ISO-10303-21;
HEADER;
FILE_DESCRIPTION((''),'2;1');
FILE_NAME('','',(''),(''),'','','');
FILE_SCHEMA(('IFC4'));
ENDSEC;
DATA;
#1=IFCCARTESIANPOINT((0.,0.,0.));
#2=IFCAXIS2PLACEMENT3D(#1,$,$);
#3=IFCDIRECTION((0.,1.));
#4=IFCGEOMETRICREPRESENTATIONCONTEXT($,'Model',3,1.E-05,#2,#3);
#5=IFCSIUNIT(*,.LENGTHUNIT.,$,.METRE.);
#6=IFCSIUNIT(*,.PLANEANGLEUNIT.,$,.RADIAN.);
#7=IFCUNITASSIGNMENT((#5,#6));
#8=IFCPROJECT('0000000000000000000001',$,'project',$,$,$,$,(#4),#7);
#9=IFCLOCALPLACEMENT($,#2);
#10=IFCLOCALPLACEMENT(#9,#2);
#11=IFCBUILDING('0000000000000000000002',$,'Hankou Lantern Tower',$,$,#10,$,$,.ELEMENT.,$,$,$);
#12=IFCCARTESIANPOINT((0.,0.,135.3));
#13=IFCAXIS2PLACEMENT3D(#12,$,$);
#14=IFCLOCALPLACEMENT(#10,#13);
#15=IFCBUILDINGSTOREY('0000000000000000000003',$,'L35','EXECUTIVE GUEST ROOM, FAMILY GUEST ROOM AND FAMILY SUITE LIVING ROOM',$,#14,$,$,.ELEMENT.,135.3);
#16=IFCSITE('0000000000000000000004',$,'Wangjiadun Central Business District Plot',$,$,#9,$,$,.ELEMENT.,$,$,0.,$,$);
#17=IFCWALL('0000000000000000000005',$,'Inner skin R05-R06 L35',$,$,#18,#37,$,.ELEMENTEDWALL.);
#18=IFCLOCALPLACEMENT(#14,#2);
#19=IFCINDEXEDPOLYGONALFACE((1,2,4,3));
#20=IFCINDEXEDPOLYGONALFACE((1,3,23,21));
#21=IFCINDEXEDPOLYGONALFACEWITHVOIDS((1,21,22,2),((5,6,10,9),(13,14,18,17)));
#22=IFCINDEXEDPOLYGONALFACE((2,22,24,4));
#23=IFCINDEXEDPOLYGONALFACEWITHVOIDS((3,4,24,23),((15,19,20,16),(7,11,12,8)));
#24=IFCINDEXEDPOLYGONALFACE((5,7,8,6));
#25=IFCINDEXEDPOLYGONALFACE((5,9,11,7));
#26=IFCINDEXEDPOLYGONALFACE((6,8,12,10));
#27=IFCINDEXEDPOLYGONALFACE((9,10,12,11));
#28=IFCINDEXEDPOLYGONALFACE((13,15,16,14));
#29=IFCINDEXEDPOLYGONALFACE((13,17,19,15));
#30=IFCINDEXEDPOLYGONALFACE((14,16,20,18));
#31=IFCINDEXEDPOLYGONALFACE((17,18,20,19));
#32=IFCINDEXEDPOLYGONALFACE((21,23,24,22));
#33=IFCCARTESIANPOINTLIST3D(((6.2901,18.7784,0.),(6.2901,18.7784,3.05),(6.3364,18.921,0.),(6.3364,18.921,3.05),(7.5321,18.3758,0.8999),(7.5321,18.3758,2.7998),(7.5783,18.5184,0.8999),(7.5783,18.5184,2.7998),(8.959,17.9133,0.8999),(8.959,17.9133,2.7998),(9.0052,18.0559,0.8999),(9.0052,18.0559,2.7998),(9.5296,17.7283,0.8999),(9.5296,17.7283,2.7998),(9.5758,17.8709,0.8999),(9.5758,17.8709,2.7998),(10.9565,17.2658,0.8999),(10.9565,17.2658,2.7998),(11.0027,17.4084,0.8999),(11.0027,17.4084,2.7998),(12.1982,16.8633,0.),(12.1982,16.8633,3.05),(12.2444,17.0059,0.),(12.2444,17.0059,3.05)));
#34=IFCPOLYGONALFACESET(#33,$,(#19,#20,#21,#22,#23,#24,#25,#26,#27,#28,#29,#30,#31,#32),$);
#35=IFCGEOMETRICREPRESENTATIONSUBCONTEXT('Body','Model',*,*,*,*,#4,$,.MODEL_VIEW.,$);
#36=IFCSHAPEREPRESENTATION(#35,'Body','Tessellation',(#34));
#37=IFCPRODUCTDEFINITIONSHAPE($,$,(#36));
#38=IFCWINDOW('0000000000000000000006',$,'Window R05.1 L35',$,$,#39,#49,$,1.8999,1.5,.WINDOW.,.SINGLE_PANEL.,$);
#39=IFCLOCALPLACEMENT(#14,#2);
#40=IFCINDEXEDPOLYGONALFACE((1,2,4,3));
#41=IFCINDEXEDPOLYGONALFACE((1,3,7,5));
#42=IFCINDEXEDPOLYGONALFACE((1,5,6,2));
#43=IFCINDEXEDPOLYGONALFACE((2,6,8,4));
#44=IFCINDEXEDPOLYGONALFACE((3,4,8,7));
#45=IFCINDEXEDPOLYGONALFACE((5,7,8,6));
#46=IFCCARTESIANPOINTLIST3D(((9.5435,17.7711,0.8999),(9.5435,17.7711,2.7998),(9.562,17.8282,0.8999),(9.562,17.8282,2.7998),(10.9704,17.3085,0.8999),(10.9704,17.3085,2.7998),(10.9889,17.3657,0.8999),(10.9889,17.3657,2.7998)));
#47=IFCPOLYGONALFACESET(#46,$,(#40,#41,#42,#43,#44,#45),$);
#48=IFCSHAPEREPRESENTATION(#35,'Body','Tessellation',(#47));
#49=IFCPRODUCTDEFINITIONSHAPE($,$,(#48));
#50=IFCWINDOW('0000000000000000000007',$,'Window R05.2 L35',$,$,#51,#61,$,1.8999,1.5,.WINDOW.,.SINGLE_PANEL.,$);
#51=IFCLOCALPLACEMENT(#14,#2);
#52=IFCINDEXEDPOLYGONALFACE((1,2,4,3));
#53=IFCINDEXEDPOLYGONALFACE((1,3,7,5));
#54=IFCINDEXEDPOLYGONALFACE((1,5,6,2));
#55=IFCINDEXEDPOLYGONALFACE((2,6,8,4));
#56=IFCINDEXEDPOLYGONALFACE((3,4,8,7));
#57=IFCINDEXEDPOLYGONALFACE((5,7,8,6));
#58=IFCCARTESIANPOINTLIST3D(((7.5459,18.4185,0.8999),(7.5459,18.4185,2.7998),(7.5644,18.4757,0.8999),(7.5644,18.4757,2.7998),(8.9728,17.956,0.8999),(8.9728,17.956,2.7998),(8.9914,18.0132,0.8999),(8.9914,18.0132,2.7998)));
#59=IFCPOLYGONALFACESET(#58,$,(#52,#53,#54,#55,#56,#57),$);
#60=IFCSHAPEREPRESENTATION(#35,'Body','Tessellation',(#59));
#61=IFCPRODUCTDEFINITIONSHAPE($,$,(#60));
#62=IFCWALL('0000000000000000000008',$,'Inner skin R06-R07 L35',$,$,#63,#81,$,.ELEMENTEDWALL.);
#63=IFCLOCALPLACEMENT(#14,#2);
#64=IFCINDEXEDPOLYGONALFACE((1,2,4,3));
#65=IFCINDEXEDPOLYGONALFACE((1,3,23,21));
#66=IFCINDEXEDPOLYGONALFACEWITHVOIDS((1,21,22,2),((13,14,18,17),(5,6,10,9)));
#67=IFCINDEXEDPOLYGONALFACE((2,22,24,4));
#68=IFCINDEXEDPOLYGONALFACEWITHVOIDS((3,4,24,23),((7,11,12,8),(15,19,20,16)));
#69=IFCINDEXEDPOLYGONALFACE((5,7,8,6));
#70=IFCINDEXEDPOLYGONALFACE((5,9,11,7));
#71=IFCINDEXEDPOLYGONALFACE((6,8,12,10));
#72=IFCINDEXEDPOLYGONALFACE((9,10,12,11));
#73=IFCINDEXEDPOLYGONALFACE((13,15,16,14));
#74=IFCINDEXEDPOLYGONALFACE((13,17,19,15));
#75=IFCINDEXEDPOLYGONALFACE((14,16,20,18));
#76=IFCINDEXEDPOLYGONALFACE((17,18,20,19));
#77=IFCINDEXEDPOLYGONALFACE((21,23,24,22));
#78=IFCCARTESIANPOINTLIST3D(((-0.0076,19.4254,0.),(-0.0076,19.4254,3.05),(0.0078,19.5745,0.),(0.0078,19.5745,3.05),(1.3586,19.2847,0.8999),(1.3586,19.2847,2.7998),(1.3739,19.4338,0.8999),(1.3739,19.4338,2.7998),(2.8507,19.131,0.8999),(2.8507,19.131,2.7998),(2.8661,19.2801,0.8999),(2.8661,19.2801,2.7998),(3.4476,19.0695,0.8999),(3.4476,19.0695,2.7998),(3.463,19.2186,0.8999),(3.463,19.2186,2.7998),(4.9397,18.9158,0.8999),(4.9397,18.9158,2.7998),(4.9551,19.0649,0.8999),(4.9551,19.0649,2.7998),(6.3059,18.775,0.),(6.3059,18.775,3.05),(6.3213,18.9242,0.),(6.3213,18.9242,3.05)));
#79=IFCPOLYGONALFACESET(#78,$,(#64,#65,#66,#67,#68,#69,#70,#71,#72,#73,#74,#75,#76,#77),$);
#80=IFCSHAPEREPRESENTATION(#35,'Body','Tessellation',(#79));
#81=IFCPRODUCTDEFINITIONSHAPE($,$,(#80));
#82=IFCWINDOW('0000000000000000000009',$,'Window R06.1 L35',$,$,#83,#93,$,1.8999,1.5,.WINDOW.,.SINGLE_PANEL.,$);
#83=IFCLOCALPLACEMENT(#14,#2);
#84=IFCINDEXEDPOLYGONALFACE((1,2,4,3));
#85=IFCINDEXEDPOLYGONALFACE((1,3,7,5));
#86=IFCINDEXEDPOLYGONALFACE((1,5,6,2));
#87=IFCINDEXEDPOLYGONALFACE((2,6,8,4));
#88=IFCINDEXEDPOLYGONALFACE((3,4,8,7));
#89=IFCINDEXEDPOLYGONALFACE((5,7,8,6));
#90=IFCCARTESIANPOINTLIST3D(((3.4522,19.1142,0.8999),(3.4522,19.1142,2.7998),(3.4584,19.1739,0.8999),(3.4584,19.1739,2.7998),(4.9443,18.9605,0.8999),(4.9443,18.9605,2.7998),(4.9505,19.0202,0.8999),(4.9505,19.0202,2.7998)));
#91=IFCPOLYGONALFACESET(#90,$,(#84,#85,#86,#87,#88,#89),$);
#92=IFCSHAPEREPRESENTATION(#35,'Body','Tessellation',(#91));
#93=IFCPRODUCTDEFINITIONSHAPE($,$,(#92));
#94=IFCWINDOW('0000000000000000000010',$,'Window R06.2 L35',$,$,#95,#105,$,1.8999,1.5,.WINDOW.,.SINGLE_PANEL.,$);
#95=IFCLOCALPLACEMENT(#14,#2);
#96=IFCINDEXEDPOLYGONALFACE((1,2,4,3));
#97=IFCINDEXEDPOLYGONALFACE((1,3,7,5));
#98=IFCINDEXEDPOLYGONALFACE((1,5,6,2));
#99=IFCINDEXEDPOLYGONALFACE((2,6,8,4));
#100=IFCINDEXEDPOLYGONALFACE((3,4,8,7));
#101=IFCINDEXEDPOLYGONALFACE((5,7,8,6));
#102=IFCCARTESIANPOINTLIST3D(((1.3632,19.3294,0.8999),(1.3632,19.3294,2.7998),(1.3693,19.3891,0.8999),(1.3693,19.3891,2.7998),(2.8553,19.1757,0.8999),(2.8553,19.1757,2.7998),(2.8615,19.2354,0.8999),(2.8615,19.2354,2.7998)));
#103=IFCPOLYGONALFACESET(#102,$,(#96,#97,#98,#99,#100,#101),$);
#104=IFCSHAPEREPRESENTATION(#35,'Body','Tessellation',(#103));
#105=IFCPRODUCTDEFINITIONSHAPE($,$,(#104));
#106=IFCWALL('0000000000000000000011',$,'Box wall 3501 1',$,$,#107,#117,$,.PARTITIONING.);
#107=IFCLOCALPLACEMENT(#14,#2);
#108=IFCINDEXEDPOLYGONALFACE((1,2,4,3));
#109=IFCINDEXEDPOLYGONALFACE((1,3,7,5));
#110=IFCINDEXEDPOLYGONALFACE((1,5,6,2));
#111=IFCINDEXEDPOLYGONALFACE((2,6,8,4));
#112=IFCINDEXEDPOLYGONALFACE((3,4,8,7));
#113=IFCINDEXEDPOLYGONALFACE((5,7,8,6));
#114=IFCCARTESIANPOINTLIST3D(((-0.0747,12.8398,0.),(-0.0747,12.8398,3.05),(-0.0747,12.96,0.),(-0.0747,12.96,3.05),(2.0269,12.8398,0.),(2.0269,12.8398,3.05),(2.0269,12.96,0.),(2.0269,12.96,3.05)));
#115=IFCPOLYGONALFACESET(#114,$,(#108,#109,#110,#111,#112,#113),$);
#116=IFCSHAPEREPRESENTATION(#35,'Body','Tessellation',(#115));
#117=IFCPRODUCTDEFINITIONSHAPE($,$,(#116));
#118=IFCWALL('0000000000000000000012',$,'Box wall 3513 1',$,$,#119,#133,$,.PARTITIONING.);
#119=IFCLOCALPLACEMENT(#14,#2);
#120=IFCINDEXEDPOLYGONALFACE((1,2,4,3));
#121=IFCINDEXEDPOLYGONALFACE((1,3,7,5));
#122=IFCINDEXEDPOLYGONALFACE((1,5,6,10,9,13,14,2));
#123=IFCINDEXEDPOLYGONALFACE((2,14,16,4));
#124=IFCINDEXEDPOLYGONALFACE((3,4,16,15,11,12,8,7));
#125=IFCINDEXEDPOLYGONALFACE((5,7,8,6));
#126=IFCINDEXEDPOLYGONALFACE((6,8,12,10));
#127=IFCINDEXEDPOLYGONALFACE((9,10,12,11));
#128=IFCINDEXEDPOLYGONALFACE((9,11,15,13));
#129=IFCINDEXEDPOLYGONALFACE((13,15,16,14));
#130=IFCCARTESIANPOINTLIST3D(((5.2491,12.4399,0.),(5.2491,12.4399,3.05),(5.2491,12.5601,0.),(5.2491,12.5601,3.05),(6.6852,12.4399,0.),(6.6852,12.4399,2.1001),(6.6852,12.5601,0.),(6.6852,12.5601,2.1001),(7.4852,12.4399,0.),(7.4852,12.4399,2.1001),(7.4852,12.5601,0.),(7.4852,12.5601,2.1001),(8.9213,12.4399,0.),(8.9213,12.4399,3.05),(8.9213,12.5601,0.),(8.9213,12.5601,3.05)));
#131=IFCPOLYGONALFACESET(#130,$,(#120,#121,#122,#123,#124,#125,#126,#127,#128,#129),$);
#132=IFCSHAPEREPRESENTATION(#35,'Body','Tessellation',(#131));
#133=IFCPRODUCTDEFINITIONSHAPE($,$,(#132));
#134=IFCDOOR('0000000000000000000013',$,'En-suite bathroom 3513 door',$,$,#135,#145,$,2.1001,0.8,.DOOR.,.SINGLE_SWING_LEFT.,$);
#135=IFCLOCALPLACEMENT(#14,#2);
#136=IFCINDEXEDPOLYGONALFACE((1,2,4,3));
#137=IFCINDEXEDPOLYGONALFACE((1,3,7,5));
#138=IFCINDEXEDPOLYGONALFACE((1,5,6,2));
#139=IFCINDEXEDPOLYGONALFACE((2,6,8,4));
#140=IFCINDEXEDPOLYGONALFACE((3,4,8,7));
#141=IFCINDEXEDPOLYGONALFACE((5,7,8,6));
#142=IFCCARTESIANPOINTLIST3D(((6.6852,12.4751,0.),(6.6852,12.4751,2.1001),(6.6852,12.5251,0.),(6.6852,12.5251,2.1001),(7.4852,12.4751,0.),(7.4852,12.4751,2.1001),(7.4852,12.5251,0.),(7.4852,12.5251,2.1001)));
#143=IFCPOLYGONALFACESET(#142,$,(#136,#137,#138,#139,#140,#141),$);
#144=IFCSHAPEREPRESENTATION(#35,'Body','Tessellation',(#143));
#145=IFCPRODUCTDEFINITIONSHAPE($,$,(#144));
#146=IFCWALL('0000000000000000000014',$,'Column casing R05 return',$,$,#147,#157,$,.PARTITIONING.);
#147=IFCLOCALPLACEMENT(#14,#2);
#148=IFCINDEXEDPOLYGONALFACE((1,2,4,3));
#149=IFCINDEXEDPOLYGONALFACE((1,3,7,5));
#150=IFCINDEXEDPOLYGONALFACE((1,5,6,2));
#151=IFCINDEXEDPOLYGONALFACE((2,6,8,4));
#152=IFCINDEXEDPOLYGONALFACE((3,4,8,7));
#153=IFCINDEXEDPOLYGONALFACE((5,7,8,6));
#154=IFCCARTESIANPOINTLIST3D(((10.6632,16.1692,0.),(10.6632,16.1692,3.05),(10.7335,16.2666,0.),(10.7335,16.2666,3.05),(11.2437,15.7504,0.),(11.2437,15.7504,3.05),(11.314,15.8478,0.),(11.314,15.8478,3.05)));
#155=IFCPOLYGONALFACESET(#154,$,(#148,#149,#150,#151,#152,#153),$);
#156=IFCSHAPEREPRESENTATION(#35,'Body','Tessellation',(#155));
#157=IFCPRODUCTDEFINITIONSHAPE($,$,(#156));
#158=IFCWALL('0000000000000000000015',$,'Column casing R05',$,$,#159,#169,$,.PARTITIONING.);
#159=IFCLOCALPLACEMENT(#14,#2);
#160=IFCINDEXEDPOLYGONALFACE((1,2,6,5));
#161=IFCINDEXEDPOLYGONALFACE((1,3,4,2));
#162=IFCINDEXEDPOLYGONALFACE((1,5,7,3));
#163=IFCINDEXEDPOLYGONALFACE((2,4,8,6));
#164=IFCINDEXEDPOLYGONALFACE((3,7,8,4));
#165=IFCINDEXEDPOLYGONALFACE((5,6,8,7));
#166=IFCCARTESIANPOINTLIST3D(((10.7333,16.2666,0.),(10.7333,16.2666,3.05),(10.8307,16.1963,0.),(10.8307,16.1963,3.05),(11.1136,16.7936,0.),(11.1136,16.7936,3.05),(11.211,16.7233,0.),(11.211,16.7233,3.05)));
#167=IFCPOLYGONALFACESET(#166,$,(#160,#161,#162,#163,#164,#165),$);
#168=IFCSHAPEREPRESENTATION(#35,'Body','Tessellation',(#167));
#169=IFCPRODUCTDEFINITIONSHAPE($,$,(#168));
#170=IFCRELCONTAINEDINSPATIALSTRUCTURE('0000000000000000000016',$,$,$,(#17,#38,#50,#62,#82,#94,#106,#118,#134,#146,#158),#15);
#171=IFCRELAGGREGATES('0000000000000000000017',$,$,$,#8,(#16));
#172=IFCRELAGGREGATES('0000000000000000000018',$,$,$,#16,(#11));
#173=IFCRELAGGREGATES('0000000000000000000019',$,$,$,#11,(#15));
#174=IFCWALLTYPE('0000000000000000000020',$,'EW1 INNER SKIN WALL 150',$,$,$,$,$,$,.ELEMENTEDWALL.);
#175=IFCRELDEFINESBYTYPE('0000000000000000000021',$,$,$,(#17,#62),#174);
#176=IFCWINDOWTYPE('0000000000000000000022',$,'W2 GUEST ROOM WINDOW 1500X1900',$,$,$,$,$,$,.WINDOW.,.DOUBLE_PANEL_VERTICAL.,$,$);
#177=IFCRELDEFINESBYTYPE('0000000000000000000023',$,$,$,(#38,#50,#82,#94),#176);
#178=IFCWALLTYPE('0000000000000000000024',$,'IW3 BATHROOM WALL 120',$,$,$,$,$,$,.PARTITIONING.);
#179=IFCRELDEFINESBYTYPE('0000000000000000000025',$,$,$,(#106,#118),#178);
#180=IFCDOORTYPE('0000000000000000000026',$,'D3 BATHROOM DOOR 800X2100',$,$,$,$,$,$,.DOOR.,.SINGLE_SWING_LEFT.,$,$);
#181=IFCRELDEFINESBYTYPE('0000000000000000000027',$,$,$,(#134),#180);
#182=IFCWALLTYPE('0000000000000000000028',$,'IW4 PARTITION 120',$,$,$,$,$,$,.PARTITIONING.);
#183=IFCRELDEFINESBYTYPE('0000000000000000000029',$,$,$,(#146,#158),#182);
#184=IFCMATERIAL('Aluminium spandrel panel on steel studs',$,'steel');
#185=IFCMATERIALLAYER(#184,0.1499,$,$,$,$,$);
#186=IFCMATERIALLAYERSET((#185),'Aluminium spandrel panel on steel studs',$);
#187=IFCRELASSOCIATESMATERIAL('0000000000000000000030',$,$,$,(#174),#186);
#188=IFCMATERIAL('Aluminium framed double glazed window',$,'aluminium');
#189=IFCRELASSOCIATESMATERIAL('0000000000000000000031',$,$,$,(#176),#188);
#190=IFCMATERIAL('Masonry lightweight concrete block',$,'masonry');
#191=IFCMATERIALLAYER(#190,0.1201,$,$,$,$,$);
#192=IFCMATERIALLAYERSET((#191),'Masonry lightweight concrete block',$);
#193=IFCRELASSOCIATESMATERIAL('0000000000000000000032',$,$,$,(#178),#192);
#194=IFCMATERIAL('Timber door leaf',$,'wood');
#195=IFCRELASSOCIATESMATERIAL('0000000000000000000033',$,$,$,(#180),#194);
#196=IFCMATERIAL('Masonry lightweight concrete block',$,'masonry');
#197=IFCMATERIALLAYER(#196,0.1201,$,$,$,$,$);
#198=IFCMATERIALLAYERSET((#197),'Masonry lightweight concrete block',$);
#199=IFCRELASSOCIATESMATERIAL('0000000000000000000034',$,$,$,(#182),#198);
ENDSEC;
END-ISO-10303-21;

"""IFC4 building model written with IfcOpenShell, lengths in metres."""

from ifc_helpers import new_model, si_unit, direction, frame, frame_2d, origin, place, context, subcontext, project, spatial, rectangle, extrude, material, layer, layer_set, type_object, element, fill, save


model = new_model("IFC4")

# Units and contexts
model_context = context("Model", 3, precision=1e-05, world=origin(), true_north=direction((0.0, 1.0)))
body_context = subcontext(model_context, "Body", "Model", "MODEL_VIEW")
ifc_project = project(units=[si_unit("LENGTHUNIT", "METRE"), si_unit("PLANEANGLEUNIT", "RADIAN")], contexts=[model_context])

# Site, building, storey
site_placement = place(None, origin())
site = spatial("IfcSite", under=ifc_project, at=site_placement, Name="Wangjiadun Central Business District Plot", CompositionType="ELEMENT", RefElevation=0.0)
building_placement = place(site_placement, origin())
building = spatial("IfcBuilding", under=site, at=building_placement, Name="Hankou Lantern Tower", CompositionType="ELEMENT")
storey_placement = place(building_placement, frame((0.0, 0.0, 135.3)))
storey = spatial("IfcBuildingStorey", under=building, at=storey_placement, Name="L35", Description="EXECUTIVE GUEST ROOM, FAMILY GUEST ROOM AND FAMILY SUITE LIVING ROOM", CompositionType="ELEMENT", Elevation=135.3)

# Walls, openings, windows
ifc_material_1 = material(Name="Aluminium spandrel panel on steel studs", Category="steel")
ifc_layer_1 = layer(ifc_material_1, 0.1499)
ifc_layer_set_1 = layer_set([ifc_layer_1], Name="Aluminium spandrel panel on steel studs")
wall_type_1 = type_object("IfcWallType", Name="EW1 INNER SKIN WALL 150", PredefinedType="ELEMENTEDWALL", material=ifc_layer_set_1)
wall_1_placement = place(storey_placement, frame((12.2214, 16.9346, 0.0), z_axis=(0.0, 0.0, 1.0), x_axis=(-0.951273, 0.308351, 0.0)))
wall_1 = element("IfcWall", 1, at=wall_1_placement, inside=storey, type_object=wall_type_1, Name="Inner skin R05-R06 L35", PredefinedType="ELEMENTEDWALL", context=body_context, shape_type="SweptSolid", body=[
    extrude(rectangle(XDim=6.2107, YDim=0.1499, at=frame_2d((3.1055, 0.0))), origin(), (0.0, 0.0, 1.0), 3.05),
])
opening_1_placement = place(wall_1_placement, frame((1.3054, 0.0, 0.8999)))
opening_1 = element("IfcOpeningElement", 2, at=opening_1_placement, cuts=wall_1, PredefinedType="OPENING", context=body_context, shape_type="SweptSolid", body=[
    extrude(rectangle(XDim=1.5, YDim=1.8999, at=frame_2d((0.75, 0.95))), frame((0.0, 0.085, 0.0), z_axis=(0.0, -1.0, 0.0), x_axis=(1.0, 0.0, 0.0)), (0.0, 0.0, 1.0), 0.1699),
])
opening_2_placement = place(wall_1_placement, frame((3.4053, 0.0, 0.8999)))
opening_2 = element("IfcOpeningElement", 3, at=opening_2_placement, cuts=wall_1, PredefinedType="OPENING", context=body_context, shape_type="SweptSolid", body=[
    extrude(rectangle(XDim=1.5, YDim=1.8999, at=frame_2d((0.75, 0.95))), frame((0.0, 0.085, 0.0), z_axis=(0.0, -1.0, 0.0), x_axis=(1.0, 0.0, 0.0)), (0.0, 0.0, 1.0), 0.1699),
])
ifc_material_2 = material(Name="Aluminium framed double glazed window", Category="aluminium")
window_type = type_object("IfcWindowType", Name="W2 GUEST ROOM WINDOW 1500X1900", PartitioningType="DOUBLE_PANEL_VERTICAL", PredefinedType="WINDOW", material=ifc_material_2)
window_1_placement = place(opening_1_placement, origin())
window_1 = element("IfcWindow", 4, at=window_1_placement, inside=storey, type_object=window_type, Name="Window R05.1 L35", OverallHeight=1.8999, OverallWidth=1.5, PartitioningType="SINGLE_PANEL", PredefinedType="WINDOW", context=body_context, shape_type="SweptSolid", body=[
    extrude(rectangle(XDim=1.5, YDim=1.8999, at=frame_2d((0.75, 0.95))), frame((0.0, 0.03, 0.0), z_axis=(0.0, -1.0, 0.0), x_axis=(1.0, 0.0, 0.0)), (0.0, 0.0, 1.0), 0.0601),
])
fill(opening_1, window_1)
window_2_placement = place(opening_2_placement, origin())
window_2 = element("IfcWindow", 5, at=window_2_placement, inside=storey, type_object=window_type, Name="Window R05.2 L35", OverallHeight=1.8999, OverallWidth=1.5, PartitioningType="SINGLE_PANEL", PredefinedType="WINDOW", context=body_context, shape_type="SweptSolid", body=[
    extrude(rectangle(XDim=1.5, YDim=1.8999, at=frame_2d((0.75, 0.95))), frame((0.0, 0.03, 0.0), z_axis=(0.0, -1.0, 0.0), x_axis=(1.0, 0.0, 0.0)), (0.0, 0.0, 1.0), 0.0601),
])
fill(opening_2, window_2)
wall_2_placement = place(storey_placement, frame((6.3135, 18.8496, 0.0), z_axis=(0.0, 0.0, 1.0), x_axis=(-0.994736, 0.102474, 0.0)))
wall_2 = element("IfcWall", 6, at=wall_2_placement, inside=storey, type_object=wall_type_1, Name="Inner skin R06-R07 L35", PredefinedType="ELEMENTEDWALL", context=body_context, shape_type="SweptSolid", body=[
    extrude(rectangle(XDim=6.3469, YDim=0.1499, at=frame_2d((3.1733, 0.0))), origin(), (0.0, 0.0, 1.0), 3.05),
])
opening_3_placement = place(wall_2_placement, frame((1.3733, 0.0, 0.8999)))
opening_3 = element("IfcOpeningElement", 7, at=opening_3_placement, cuts=wall_2, PredefinedType="OPENING", context=body_context, shape_type="SweptSolid", body=[
    extrude(rectangle(XDim=1.5, YDim=1.8999, at=frame_2d((0.75, 0.95))), frame((0.0, 0.085, 0.0), z_axis=(0.0, -1.0, 0.0), x_axis=(1.0, 0.0, 0.0)), (0.0, 0.0, 1.0), 0.1699),
])
opening_4_placement = place(wall_2_placement, frame((3.4734, 0.0, 0.8999)))
opening_4 = element("IfcOpeningElement", 8, at=opening_4_placement, cuts=wall_2, PredefinedType="OPENING", context=body_context, shape_type="SweptSolid", body=[
    extrude(rectangle(XDim=1.5, YDim=1.8999, at=frame_2d((0.75, 0.95))), frame((0.0, 0.085, 0.0), z_axis=(0.0, -1.0, 0.0), x_axis=(1.0, 0.0, 0.0)), (0.0, 0.0, 1.0), 0.1699),
])
window_3_placement = place(opening_3_placement, origin())
window_3 = element("IfcWindow", 9, at=window_3_placement, inside=storey, type_object=window_type, Name="Window R06.1 L35", OverallHeight=1.8999, OverallWidth=1.5, PartitioningType="SINGLE_PANEL", PredefinedType="WINDOW", context=body_context, shape_type="SweptSolid", body=[
    extrude(rectangle(XDim=1.5, YDim=1.8999, at=frame_2d((0.75, 0.95))), frame((0.0, 0.03, 0.0), z_axis=(0.0, -1.0, 0.0), x_axis=(1.0, 0.0, 0.0)), (0.0, 0.0, 1.0), 0.0601),
])
fill(opening_3, window_3)
window_4_placement = place(opening_4_placement, origin())
window_4 = element("IfcWindow", 10, at=window_4_placement, inside=storey, type_object=window_type, Name="Window R06.2 L35", OverallHeight=1.8999, OverallWidth=1.5, PartitioningType="SINGLE_PANEL", PredefinedType="WINDOW", context=body_context, shape_type="SweptSolid", body=[
    extrude(rectangle(XDim=1.5, YDim=1.8999, at=frame_2d((0.75, 0.95))), frame((0.0, 0.03, 0.0), z_axis=(0.0, -1.0, 0.0), x_axis=(1.0, 0.0, 0.0)), (0.0, 0.0, 1.0), 0.0601),
])
fill(opening_4, window_4)

# Wall
ifc_material_3 = material(Name="Masonry lightweight concrete block", Category="masonry")
ifc_layer_2 = layer(ifc_material_3, 0.1201)
ifc_layer_set_2 = layer_set([ifc_layer_2], Name="Masonry lightweight concrete block")
wall_type_2 = type_object("IfcWallType", Name="IW3 BATHROOM WALL 120", PredefinedType="PARTITIONING", material=ifc_layer_set_2)
wall_3_placement = place(storey_placement, frame((2.0269, 12.8999, 0.0), z_axis=(0.0, 0.0, 1.0), x_axis=(-1.0, 0.0, 0.0)))
element("IfcWall", 11, at=wall_3_placement, inside=storey, type_object=wall_type_2, Name="Box wall 3501 1", PredefinedType="PARTITIONING", context=body_context, shape_type="SweptSolid", body=[
    extrude(rectangle(XDim=2.1016, YDim=0.1201, at=frame_2d((1.0508, 0.0))), origin(), (0.0, 0.0, 1.0), 3.05),
])

# Wall, opening, door
wall_4_placement = place(storey_placement, frame((8.9211, 12.5, 0.0), z_axis=(0.0, 0.0, 1.0), x_axis=(-1.0, 0.0, 0.0)))
wall_4 = element("IfcWall", 12, at=wall_4_placement, inside=storey, type_object=wall_type_2, Name="Box wall 3513 1", PredefinedType="PARTITIONING", context=body_context, shape_type="SweptSolid", body=[
    extrude(rectangle(XDim=3.6721, YDim=0.1201, at=frame_2d((1.8359, 0.0))), origin(), (0.0, 0.0, 1.0), 3.05),
])
opening_5_placement = place(wall_4_placement, frame((1.436, 0.0, 0.0)))
opening_5 = element("IfcOpeningElement", 13, at=opening_5_placement, cuts=wall_4, PredefinedType="OPENING", context=body_context, shape_type="SweptSolid", body=[
    extrude(rectangle(XDim=0.8, YDim=2.1001, at=frame_2d((0.3999, 1.05))), frame((0.0, 0.0701, 0.0), z_axis=(0.0, -1.0, 0.0), x_axis=(1.0, 0.0, 0.0)), (0.0, 0.0, 1.0), 0.1401),
])
ifc_material_4 = material(Name="Timber door leaf", Category="wood")
door_type = type_object("IfcDoorType", Name="D3 BATHROOM DOOR 800X2100", OperationType="SINGLE_SWING_LEFT", PredefinedType="DOOR", material=ifc_material_4)
door_placement = place(opening_5_placement, origin())
door = element("IfcDoor", 14, at=door_placement, inside=storey, type_object=door_type, Name="En-suite bathroom 3513 door", OperationType="SINGLE_SWING_LEFT", OverallHeight=2.1001, OverallWidth=0.8, PredefinedType="DOOR", context=body_context, shape_type="SweptSolid", body=[
    extrude(rectangle(XDim=0.8, YDim=2.1001, at=frame_2d((0.3999, 1.05))), frame((0.0, 0.0249, 0.0), z_axis=(0.0, -1.0, 0.0), x_axis=(1.0, 0.0, 0.0)), (0.0, 0.0, 1.0), 0.05),
])
fill(opening_5, door)

# Walls
ifc_material_5 = material(Name="Masonry lightweight concrete block", Category="masonry")
ifc_layer_3 = layer(ifc_material_5, 0.1201)
ifc_layer_set_3 = layer_set([ifc_layer_3], Name="Masonry lightweight concrete block")
wall_type_3 = type_object("IfcWallType", Name="IW4 PARTITION 120", PredefinedType="PARTITIONING", material=ifc_layer_set_3)
wall_5_placement = place(storey_placement, frame((11.2788, 15.7991, 0.0), z_axis=(0.0, 0.0, 1.0), x_axis=(-0.810913, 0.585167, 0.0)))
element("IfcWall", 15, at=wall_5_placement, inside=storey, type_object=wall_type_3, Name="Column casing R05 return", PredefinedType="PARTITIONING", context=body_context, shape_type="SweptSolid", body=[
    extrude(rectangle(XDim=0.7158, YDim=0.1201, at=frame_2d((0.3579, 0.0))), origin(), (0.0, 0.0, 1.0), 3.05),
])
wall_6_placement = place(storey_placement, frame((10.782, 16.2314, 0.0), z_axis=(0.0, 0.0, 1.0), x_axis=(0.585175, 0.810907, 0.0)))
element("IfcWall", 16, at=wall_6_placement, inside=storey, type_object=wall_type_3, Name="Column casing R05", PredefinedType="PARTITIONING", context=body_context, shape_type="SweptSolid", body=[
    extrude(rectangle(XDim=0.6499, YDim=0.1201, at=frame_2d((0.325, 0.0))), origin(), (0.0, 0.0, 1.0), 3.05),
])

save(model, "model.ifc")
